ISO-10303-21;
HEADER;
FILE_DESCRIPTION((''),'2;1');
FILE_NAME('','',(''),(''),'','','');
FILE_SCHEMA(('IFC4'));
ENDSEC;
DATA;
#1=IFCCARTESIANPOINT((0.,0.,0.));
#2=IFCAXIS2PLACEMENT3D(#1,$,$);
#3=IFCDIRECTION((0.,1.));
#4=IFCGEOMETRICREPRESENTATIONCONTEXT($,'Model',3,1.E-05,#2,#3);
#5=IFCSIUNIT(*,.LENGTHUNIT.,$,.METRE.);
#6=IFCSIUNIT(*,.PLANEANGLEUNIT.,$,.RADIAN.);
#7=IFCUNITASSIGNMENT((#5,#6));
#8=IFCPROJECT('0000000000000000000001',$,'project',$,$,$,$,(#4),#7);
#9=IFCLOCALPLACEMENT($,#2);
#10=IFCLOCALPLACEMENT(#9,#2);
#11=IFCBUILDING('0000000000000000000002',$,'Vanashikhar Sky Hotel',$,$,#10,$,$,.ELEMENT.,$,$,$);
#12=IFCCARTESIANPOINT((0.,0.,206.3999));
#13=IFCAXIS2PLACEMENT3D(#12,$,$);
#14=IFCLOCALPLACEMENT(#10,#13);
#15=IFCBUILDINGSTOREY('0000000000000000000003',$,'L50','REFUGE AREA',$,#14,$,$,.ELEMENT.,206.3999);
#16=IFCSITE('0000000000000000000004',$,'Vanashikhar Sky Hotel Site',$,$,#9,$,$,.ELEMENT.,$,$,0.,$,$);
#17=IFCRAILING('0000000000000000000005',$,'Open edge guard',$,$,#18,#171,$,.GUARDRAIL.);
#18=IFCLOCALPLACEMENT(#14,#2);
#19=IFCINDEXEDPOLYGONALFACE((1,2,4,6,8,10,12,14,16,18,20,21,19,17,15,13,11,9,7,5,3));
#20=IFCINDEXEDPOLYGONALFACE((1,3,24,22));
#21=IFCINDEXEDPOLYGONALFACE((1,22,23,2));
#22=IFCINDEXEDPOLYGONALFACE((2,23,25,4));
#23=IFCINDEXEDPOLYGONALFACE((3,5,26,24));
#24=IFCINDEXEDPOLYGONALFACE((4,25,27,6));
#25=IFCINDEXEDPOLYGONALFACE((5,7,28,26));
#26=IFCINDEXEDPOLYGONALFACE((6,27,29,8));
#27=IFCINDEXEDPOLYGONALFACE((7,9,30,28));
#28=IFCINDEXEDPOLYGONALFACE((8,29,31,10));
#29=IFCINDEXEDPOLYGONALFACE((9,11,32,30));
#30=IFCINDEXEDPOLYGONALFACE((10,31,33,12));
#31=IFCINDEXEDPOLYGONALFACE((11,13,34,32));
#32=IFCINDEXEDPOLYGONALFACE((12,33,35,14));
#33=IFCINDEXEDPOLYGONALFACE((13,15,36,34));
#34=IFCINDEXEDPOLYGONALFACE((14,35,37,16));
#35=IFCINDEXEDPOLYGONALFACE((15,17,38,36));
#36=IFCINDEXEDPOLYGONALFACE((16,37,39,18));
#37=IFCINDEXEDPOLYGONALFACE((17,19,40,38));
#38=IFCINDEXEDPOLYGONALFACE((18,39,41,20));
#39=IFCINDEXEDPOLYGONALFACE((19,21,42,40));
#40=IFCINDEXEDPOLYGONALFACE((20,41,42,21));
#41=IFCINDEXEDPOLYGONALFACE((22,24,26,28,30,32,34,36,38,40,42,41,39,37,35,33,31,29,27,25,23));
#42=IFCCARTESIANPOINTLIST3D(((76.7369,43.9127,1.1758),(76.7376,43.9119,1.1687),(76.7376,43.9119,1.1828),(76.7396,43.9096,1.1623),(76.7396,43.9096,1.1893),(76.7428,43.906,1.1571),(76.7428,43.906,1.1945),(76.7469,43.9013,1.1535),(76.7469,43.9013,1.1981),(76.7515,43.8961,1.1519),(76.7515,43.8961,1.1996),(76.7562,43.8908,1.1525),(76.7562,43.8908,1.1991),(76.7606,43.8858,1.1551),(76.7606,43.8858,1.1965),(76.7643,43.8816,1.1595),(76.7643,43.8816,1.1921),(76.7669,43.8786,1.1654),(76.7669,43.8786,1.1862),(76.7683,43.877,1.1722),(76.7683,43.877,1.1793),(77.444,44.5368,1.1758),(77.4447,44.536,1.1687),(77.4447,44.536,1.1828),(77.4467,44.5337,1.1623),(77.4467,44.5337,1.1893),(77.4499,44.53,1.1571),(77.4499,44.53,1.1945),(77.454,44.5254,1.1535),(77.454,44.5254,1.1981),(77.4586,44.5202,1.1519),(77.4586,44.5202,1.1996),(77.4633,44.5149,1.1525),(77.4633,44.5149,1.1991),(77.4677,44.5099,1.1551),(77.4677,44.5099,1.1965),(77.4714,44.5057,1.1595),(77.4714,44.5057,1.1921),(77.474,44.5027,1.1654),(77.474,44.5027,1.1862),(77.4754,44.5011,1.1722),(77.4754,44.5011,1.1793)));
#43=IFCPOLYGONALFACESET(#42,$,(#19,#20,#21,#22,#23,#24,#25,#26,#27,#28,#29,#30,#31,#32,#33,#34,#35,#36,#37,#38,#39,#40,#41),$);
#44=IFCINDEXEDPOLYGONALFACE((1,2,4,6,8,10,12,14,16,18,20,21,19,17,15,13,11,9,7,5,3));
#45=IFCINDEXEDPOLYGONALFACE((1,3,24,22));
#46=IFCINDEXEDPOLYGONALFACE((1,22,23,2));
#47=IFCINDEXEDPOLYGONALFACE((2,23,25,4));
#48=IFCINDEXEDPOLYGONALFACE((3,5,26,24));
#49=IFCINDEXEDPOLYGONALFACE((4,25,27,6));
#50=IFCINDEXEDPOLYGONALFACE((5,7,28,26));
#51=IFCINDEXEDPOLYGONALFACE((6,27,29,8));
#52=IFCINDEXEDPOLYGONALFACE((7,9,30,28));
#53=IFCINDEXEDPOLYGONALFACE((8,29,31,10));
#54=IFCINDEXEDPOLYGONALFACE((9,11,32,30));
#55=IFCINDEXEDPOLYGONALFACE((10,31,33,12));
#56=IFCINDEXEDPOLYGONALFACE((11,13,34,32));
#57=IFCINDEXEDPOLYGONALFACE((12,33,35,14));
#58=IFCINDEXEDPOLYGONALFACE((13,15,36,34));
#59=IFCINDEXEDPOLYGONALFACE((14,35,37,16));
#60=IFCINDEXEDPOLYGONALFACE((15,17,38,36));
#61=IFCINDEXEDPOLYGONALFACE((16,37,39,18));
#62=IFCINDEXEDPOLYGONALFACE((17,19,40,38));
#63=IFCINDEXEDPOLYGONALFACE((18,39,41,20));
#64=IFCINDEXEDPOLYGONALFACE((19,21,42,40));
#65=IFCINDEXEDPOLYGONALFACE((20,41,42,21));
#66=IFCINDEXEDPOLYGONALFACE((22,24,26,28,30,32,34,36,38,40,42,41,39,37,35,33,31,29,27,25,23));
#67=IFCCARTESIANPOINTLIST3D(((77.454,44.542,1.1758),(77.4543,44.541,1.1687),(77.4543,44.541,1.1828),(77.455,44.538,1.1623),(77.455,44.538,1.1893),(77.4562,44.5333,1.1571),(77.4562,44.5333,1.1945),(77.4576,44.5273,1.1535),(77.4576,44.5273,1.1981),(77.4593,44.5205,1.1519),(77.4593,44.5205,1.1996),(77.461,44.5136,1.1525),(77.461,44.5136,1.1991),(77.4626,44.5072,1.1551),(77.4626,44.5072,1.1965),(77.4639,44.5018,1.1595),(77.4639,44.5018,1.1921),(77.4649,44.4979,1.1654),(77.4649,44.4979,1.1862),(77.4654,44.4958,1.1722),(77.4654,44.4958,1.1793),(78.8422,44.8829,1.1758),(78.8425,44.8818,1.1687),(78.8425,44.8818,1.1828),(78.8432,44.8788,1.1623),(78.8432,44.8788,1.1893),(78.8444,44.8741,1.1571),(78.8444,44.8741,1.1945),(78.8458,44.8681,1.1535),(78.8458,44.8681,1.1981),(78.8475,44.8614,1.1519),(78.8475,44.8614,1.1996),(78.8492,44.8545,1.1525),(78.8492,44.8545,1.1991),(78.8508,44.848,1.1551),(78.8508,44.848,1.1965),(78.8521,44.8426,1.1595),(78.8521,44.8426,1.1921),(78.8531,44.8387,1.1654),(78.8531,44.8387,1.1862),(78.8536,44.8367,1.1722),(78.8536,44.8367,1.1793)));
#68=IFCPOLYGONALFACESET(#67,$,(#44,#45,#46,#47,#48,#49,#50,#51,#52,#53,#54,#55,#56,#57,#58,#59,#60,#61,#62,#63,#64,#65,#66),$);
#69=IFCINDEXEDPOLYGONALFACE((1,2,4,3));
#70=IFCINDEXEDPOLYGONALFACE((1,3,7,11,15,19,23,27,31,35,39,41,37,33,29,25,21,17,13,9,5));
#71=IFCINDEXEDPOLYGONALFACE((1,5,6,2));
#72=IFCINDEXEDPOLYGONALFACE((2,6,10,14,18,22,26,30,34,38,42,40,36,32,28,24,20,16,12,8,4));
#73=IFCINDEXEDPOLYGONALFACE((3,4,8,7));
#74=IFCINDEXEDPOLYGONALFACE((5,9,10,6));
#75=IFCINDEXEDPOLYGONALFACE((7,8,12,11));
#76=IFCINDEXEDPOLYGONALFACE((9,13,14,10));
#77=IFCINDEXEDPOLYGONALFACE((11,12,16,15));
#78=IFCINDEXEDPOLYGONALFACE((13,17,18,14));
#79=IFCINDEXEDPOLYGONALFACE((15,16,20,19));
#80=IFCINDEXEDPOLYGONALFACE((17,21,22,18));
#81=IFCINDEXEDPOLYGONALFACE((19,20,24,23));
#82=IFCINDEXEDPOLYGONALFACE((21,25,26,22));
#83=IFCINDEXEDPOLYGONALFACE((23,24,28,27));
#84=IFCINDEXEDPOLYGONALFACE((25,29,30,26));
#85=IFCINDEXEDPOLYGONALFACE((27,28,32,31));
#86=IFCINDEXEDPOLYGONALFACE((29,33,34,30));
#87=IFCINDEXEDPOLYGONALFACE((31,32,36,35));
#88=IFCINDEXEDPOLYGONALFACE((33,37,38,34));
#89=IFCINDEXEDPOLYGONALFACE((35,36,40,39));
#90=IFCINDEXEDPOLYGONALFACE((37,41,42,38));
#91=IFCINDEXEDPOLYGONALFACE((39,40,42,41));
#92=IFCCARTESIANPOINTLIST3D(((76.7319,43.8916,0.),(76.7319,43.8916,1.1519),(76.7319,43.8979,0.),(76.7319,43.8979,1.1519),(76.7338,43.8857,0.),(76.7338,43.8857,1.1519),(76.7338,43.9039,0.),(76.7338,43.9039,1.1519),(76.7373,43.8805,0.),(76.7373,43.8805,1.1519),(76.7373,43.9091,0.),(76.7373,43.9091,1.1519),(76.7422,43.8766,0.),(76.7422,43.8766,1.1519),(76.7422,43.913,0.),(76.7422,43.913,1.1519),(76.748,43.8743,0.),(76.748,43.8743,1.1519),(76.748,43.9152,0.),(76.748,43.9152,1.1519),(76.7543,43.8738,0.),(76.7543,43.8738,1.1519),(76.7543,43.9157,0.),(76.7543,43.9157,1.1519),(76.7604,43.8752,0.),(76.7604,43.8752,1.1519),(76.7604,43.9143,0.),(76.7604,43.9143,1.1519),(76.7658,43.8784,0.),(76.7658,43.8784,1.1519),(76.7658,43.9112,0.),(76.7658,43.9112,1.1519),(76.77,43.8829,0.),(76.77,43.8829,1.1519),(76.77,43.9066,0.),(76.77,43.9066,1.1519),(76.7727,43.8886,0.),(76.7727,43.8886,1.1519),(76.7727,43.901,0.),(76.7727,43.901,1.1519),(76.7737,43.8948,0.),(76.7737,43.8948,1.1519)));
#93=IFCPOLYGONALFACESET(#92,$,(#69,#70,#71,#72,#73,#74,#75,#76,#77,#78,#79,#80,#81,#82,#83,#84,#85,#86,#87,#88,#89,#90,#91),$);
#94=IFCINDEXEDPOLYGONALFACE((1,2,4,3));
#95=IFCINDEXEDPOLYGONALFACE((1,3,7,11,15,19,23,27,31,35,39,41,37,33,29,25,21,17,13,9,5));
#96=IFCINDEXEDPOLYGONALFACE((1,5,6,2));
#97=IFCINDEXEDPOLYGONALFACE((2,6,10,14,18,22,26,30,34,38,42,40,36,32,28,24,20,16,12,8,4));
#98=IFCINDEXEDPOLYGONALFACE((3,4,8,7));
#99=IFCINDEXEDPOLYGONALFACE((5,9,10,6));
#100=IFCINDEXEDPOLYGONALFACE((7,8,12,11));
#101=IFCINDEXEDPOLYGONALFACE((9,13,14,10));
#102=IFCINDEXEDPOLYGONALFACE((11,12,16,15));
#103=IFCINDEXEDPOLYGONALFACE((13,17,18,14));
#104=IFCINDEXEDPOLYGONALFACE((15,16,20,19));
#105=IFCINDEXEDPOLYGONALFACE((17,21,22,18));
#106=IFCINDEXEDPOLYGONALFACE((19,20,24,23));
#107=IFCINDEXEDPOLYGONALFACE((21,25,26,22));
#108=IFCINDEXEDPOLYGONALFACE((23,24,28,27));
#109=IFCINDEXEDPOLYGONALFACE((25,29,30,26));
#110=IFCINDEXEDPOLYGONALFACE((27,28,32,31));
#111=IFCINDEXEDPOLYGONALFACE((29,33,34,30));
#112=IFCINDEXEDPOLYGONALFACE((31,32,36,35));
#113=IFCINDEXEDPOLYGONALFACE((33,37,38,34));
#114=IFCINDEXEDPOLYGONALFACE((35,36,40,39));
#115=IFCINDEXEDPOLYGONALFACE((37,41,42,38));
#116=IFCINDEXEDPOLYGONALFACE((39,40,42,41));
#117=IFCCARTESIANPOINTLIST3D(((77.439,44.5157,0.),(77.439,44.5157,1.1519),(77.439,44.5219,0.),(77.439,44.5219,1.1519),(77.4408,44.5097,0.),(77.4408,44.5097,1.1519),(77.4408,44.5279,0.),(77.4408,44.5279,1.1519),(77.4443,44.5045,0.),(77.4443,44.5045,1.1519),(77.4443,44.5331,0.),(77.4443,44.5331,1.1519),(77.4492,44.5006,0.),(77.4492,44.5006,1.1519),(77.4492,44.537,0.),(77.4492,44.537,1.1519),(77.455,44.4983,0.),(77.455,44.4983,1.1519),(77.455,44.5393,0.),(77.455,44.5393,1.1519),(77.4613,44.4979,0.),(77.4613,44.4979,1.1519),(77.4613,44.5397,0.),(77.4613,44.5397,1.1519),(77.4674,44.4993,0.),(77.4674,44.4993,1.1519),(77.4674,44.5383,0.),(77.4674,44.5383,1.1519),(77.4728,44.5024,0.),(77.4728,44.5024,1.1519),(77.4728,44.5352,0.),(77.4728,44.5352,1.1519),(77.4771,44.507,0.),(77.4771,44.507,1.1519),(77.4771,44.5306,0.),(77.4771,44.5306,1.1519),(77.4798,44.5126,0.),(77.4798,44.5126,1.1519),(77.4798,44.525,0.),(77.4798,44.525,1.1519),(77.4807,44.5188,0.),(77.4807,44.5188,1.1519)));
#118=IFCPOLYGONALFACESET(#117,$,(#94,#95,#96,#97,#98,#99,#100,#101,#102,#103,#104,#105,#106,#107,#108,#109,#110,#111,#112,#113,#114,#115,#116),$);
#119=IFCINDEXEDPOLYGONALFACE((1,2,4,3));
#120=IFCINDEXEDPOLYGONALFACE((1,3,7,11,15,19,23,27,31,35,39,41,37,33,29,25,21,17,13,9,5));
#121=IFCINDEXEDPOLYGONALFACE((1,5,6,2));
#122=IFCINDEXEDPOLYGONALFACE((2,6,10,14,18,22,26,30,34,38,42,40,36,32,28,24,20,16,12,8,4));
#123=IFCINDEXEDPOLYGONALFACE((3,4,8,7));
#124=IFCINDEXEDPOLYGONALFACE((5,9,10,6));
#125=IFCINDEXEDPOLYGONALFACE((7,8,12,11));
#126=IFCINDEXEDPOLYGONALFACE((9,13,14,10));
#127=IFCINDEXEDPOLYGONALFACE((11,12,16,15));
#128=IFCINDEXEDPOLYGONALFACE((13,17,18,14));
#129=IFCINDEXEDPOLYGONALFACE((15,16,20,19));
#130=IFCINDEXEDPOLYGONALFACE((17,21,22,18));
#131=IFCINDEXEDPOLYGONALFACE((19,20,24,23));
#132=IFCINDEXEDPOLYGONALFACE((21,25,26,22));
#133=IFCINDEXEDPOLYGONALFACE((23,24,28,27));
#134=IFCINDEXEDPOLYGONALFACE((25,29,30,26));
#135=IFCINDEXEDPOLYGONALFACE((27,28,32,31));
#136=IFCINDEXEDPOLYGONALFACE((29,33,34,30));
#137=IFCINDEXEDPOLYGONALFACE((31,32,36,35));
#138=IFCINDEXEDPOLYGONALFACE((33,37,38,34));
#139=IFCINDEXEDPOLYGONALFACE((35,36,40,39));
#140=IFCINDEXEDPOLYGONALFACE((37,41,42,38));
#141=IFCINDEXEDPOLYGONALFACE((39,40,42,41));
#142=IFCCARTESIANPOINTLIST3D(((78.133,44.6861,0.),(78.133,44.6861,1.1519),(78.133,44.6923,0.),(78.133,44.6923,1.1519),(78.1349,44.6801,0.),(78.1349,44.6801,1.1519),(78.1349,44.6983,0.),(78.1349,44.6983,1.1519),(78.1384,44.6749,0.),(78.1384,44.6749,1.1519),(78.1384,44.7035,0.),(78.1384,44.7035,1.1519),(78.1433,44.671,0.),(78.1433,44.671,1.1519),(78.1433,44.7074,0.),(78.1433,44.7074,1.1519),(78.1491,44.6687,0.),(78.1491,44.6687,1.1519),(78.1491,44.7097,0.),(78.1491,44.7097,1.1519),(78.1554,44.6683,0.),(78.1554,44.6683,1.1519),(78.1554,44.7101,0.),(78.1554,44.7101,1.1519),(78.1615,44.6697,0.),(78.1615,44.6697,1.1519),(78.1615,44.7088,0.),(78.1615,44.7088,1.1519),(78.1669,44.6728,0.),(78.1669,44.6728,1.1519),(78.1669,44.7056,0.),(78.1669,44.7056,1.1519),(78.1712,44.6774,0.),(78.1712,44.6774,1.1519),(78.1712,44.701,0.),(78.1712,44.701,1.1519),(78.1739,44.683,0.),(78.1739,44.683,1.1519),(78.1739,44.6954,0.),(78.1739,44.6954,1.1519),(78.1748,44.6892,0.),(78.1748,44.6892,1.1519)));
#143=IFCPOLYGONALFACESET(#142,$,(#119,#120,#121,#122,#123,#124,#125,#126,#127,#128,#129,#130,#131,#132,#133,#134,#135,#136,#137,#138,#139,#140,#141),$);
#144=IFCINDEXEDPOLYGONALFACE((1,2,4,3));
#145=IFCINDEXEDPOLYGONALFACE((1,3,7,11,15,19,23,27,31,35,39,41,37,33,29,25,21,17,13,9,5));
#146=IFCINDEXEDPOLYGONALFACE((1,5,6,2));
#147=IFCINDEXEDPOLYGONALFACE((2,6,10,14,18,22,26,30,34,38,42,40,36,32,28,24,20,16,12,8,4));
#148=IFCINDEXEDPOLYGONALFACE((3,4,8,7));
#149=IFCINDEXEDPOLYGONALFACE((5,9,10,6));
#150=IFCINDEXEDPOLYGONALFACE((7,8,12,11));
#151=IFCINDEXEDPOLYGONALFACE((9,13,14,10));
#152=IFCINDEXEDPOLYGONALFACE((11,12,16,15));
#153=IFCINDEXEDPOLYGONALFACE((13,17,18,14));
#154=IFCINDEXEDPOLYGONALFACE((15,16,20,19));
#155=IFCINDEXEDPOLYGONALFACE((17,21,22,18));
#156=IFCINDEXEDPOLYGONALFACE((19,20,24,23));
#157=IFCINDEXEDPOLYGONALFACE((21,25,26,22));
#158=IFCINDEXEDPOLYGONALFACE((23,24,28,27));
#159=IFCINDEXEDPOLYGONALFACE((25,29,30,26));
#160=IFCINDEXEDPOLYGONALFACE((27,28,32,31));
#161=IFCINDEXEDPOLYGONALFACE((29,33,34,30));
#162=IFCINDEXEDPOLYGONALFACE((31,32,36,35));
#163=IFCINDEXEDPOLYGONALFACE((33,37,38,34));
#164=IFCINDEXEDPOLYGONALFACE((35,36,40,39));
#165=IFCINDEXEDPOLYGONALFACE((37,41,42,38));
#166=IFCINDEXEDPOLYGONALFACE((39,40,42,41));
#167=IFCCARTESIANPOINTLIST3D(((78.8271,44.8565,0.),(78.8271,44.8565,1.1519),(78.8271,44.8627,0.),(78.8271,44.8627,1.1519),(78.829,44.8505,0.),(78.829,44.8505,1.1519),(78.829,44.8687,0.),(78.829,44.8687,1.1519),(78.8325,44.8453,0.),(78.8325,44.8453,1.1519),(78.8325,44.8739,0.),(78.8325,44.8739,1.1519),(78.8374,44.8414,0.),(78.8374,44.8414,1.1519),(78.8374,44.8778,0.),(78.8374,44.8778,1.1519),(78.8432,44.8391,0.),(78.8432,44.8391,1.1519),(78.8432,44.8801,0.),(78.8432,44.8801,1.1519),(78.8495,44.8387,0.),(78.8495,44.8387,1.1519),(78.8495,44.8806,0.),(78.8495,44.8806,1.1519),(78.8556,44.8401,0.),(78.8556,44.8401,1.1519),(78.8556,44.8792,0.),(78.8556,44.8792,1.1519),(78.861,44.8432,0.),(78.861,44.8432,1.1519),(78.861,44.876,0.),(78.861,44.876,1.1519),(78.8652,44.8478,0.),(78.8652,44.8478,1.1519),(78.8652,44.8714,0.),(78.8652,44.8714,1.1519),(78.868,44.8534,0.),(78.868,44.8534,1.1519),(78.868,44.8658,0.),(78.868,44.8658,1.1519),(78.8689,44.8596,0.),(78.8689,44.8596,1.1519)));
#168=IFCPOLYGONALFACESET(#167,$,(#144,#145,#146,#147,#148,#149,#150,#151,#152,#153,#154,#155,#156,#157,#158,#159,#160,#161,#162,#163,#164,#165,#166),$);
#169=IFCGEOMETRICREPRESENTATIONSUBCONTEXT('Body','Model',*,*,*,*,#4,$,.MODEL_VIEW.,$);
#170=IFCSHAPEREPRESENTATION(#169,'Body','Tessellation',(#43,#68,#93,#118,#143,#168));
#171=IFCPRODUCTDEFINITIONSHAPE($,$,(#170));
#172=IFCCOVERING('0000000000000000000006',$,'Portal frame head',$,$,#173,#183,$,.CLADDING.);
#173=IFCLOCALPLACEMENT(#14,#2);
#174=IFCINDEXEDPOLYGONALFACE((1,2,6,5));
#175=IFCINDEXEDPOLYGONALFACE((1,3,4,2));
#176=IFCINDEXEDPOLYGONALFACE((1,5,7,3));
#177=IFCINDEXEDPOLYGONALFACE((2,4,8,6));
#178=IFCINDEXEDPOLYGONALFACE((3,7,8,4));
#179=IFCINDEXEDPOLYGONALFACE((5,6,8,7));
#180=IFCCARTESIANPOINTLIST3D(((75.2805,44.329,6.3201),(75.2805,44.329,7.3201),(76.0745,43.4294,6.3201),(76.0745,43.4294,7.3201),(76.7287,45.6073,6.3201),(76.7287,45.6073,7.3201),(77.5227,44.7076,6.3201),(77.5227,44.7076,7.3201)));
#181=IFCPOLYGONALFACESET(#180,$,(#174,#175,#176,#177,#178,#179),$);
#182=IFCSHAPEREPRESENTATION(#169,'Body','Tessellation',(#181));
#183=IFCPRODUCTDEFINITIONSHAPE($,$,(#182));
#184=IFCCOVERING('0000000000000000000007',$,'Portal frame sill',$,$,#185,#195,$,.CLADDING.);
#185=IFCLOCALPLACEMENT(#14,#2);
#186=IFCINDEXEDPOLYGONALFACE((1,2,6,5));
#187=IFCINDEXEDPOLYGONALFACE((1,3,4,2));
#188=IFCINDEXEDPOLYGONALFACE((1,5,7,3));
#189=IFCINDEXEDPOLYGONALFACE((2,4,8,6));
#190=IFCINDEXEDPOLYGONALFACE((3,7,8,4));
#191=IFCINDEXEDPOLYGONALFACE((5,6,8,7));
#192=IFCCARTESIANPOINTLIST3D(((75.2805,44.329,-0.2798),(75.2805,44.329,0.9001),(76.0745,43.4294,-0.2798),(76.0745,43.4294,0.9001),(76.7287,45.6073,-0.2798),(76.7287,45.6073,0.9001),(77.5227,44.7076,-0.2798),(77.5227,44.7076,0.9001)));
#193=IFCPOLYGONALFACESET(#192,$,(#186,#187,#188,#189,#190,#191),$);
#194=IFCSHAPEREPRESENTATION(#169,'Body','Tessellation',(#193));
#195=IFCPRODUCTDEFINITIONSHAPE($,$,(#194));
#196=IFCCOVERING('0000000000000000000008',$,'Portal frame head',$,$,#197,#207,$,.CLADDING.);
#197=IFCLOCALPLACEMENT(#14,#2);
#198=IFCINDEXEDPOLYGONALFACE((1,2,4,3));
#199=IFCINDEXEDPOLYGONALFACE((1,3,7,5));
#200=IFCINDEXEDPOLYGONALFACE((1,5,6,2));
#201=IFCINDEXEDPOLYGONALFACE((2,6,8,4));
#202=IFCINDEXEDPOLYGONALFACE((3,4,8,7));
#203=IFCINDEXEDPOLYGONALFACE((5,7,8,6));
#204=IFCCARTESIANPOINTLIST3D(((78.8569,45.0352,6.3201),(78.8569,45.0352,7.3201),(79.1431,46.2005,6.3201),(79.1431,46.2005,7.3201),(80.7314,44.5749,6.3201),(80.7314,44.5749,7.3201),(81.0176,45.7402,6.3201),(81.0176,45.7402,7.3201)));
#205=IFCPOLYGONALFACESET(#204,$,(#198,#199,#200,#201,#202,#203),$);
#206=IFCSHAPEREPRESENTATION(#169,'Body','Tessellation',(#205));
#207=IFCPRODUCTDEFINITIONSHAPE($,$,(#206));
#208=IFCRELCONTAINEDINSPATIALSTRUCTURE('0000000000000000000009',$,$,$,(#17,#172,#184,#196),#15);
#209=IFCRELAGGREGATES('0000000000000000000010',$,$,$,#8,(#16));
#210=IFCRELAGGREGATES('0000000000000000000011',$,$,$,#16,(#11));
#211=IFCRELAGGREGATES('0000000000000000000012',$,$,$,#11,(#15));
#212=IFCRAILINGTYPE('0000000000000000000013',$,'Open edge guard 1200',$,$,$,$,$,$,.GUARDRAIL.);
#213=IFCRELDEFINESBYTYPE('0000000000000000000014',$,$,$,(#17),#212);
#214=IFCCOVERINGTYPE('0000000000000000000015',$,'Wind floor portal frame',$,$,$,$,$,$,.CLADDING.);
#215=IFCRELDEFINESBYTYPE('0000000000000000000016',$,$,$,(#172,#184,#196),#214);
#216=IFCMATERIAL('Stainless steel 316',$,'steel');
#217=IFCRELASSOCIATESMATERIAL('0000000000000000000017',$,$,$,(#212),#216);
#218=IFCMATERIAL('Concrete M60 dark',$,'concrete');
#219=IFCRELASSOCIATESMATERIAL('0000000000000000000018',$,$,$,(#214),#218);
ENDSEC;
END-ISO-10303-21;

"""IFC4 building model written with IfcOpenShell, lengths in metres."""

from ifc_helpers import new_model, si_unit, direction, frame, origin, origin_2d, place, context, subcontext, project, spatial, rectangle, circle, extrude, source, transform, mapped, material, type_object, element, save


model = new_model("IFC4")

# Units and contexts
model_context = context("Model", 3, precision=1e-05, world=origin(), true_north=direction((0.0, 1.0)))
body_context = subcontext(model_context, "Body", "Model", "MODEL_VIEW")
ifc_project = project(units=[si_unit("LENGTHUNIT", "METRE"), si_unit("PLANEANGLEUNIT", "RADIAN")], contexts=[model_context])

# Site, building, storey
site_placement = place(None, origin())
site = spatial("IfcSite", under=ifc_project, at=site_placement, Name="Vanashikhar Sky Hotel Site", CompositionType="ELEMENT", RefElevation=0.0)
building_placement = place(site_placement, origin())
building = spatial("IfcBuilding", under=site, at=building_placement, Name="Vanashikhar Sky Hotel", CompositionType="ELEMENT")
storey_placement = place(building_placement, frame((0.0, 0.0, 206.3999)))
storey = spatial("IfcBuildingStorey", under=building, at=storey_placement, Name="L50", Description="REFUGE AREA", CompositionType="ELEMENT", Elevation=206.3999)

# Railing
ifc_material_1 = material(Name="Stainless steel 316", Category="steel")
railing_type_1 = type_object("IfcRailingType", Name="Open edge guard 1200", PredefinedType="GUARDRAIL", material=ifc_material_1)
shared_shape_1 = source(origin(), body_context, "Body", "SweptSolid", [
    extrude(circle(Radius=0.0239, at=origin_2d()), frame((0.0, 0.0, 1.1758), z_axis=(0.749747, 0.661724, 0.0), x_axis=(-0.661724, 0.749747, 0.0)), (0.0, 0.0, 1.0), 0.9431),
    extrude(circle(Radius=0.0239, at=origin_2d()), frame((0.707, 0.624, 1.1758), z_axis=(0.971159, 0.238434, 0.0), x_axis=(-0.238434, 0.971159, 0.0)), (0.0, 0.0, 1.0), 1.4294),
    extrude(circle(Radius=0.021, at=origin_2d()), origin(), (0.0, 0.0, 1.0), 1.1519),
    extrude(circle(Radius=0.021, at=origin_2d()), frame((0.707, 0.624, 0.0)), (0.0, 0.0, 1.0), 1.1519),
    extrude(circle(Radius=0.021, at=origin_2d()), frame((1.4011, 0.7944, 0.0)), (0.0, 0.0, 1.0), 1.1519),
    extrude(circle(Radius=0.021, at=origin_2d()), frame((2.0952, 0.9648, 0.0)), (0.0, 0.0, 1.0), 1.1519),
])
railing_1_placement = place(storey_placement, frame((76.7527, 43.8948, 0.0)))
element("IfcRailing", 1, at=railing_1_placement, inside=storey, type_object=railing_type_1, Name="Open edge guard", PredefinedType="GUARDRAIL", context=body_context, shape_type="MappedRepresentation", body=[
    mapped(shared_shape_1, transform((0.0, 0.0, 0.0), scale=1.0)),
])

# Coverings
ifc_material_2 = material(Name="Concrete M60 dark", Category="concrete")
covering_type = type_object("IfcCoveringType", Name="Wind floor portal frame", PredefinedType="CLADDING", material=ifc_material_2)
shared_shape_2 = source(origin(), body_context, "Body", "SweptSolid", [
    extrude(rectangle(XDim=1.9316, YDim=1.2, at=origin_2d()), origin(), (0.0, 0.0, 1.0), 1.0),
])
covering_1_placement = place(storey_placement, frame((76.4016, 44.5183, 6.3201), z_axis=(0.0, 0.0, 1.0), x_axis=(-0.749742, -0.661731, 0.0)))
element("IfcCovering", 2, at=covering_1_placement, inside=storey, type_object=covering_type, Name="Portal frame head", PredefinedType="CLADDING", context=body_context, shape_type="MappedRepresentation", body=[
    mapped(shared_shape_2, transform((0.0, 0.0, 0.0), scale=1.0)),
])
shared_shape_3 = source(origin(), body_context, "Body", "SweptSolid", [
    extrude(rectangle(XDim=1.9316, YDim=1.2, at=origin_2d()), origin(), (0.0, 0.0, 1.0), 1.1799),
])
covering_2_placement = place(storey_placement, frame((76.4016, 44.5183, -0.2798), z_axis=(0.0, 0.0, 1.0), x_axis=(-0.749742, -0.661731, 0.0)))
element("IfcCovering", 3, at=covering_2_placement, inside=storey, type_object=covering_type, Name="Portal frame sill", PredefinedType="CLADDING", context=body_context, shape_type="MappedRepresentation", body=[
    mapped(shared_shape_3, transform((0.0, 0.0, 0.0), scale=1.0)),
])
shared_shape_4 = source(origin(), body_context, "Body", "SweptSolid", [
    extrude(rectangle(XDim=1.9302, YDim=1.2, at=origin_2d()), origin(), (0.0, 0.0, 1.0), 1.0),
])
for number, where, z_axis, x_axis, name in (
    (4, (79.9373, 45.3877, 6.3201), (0.0, 0.0, 1.0), (-0.971147, 0.238483, 0.0), "Portal frame head"),
):
    element("IfcCovering", number, at=place(storey_placement, frame(where, z_axis=z_axis, x_axis=x_axis)), inside=storey, type_object=covering_type, Name=name, PredefinedType="CLADDING", context=body_context, shape_type="MappedRepresentation", body=[
        mapped(shared_shape_4, transform((0.0, 0.0, 0.0), scale=1.0)),
    ])

save(model, "model.ifc")
